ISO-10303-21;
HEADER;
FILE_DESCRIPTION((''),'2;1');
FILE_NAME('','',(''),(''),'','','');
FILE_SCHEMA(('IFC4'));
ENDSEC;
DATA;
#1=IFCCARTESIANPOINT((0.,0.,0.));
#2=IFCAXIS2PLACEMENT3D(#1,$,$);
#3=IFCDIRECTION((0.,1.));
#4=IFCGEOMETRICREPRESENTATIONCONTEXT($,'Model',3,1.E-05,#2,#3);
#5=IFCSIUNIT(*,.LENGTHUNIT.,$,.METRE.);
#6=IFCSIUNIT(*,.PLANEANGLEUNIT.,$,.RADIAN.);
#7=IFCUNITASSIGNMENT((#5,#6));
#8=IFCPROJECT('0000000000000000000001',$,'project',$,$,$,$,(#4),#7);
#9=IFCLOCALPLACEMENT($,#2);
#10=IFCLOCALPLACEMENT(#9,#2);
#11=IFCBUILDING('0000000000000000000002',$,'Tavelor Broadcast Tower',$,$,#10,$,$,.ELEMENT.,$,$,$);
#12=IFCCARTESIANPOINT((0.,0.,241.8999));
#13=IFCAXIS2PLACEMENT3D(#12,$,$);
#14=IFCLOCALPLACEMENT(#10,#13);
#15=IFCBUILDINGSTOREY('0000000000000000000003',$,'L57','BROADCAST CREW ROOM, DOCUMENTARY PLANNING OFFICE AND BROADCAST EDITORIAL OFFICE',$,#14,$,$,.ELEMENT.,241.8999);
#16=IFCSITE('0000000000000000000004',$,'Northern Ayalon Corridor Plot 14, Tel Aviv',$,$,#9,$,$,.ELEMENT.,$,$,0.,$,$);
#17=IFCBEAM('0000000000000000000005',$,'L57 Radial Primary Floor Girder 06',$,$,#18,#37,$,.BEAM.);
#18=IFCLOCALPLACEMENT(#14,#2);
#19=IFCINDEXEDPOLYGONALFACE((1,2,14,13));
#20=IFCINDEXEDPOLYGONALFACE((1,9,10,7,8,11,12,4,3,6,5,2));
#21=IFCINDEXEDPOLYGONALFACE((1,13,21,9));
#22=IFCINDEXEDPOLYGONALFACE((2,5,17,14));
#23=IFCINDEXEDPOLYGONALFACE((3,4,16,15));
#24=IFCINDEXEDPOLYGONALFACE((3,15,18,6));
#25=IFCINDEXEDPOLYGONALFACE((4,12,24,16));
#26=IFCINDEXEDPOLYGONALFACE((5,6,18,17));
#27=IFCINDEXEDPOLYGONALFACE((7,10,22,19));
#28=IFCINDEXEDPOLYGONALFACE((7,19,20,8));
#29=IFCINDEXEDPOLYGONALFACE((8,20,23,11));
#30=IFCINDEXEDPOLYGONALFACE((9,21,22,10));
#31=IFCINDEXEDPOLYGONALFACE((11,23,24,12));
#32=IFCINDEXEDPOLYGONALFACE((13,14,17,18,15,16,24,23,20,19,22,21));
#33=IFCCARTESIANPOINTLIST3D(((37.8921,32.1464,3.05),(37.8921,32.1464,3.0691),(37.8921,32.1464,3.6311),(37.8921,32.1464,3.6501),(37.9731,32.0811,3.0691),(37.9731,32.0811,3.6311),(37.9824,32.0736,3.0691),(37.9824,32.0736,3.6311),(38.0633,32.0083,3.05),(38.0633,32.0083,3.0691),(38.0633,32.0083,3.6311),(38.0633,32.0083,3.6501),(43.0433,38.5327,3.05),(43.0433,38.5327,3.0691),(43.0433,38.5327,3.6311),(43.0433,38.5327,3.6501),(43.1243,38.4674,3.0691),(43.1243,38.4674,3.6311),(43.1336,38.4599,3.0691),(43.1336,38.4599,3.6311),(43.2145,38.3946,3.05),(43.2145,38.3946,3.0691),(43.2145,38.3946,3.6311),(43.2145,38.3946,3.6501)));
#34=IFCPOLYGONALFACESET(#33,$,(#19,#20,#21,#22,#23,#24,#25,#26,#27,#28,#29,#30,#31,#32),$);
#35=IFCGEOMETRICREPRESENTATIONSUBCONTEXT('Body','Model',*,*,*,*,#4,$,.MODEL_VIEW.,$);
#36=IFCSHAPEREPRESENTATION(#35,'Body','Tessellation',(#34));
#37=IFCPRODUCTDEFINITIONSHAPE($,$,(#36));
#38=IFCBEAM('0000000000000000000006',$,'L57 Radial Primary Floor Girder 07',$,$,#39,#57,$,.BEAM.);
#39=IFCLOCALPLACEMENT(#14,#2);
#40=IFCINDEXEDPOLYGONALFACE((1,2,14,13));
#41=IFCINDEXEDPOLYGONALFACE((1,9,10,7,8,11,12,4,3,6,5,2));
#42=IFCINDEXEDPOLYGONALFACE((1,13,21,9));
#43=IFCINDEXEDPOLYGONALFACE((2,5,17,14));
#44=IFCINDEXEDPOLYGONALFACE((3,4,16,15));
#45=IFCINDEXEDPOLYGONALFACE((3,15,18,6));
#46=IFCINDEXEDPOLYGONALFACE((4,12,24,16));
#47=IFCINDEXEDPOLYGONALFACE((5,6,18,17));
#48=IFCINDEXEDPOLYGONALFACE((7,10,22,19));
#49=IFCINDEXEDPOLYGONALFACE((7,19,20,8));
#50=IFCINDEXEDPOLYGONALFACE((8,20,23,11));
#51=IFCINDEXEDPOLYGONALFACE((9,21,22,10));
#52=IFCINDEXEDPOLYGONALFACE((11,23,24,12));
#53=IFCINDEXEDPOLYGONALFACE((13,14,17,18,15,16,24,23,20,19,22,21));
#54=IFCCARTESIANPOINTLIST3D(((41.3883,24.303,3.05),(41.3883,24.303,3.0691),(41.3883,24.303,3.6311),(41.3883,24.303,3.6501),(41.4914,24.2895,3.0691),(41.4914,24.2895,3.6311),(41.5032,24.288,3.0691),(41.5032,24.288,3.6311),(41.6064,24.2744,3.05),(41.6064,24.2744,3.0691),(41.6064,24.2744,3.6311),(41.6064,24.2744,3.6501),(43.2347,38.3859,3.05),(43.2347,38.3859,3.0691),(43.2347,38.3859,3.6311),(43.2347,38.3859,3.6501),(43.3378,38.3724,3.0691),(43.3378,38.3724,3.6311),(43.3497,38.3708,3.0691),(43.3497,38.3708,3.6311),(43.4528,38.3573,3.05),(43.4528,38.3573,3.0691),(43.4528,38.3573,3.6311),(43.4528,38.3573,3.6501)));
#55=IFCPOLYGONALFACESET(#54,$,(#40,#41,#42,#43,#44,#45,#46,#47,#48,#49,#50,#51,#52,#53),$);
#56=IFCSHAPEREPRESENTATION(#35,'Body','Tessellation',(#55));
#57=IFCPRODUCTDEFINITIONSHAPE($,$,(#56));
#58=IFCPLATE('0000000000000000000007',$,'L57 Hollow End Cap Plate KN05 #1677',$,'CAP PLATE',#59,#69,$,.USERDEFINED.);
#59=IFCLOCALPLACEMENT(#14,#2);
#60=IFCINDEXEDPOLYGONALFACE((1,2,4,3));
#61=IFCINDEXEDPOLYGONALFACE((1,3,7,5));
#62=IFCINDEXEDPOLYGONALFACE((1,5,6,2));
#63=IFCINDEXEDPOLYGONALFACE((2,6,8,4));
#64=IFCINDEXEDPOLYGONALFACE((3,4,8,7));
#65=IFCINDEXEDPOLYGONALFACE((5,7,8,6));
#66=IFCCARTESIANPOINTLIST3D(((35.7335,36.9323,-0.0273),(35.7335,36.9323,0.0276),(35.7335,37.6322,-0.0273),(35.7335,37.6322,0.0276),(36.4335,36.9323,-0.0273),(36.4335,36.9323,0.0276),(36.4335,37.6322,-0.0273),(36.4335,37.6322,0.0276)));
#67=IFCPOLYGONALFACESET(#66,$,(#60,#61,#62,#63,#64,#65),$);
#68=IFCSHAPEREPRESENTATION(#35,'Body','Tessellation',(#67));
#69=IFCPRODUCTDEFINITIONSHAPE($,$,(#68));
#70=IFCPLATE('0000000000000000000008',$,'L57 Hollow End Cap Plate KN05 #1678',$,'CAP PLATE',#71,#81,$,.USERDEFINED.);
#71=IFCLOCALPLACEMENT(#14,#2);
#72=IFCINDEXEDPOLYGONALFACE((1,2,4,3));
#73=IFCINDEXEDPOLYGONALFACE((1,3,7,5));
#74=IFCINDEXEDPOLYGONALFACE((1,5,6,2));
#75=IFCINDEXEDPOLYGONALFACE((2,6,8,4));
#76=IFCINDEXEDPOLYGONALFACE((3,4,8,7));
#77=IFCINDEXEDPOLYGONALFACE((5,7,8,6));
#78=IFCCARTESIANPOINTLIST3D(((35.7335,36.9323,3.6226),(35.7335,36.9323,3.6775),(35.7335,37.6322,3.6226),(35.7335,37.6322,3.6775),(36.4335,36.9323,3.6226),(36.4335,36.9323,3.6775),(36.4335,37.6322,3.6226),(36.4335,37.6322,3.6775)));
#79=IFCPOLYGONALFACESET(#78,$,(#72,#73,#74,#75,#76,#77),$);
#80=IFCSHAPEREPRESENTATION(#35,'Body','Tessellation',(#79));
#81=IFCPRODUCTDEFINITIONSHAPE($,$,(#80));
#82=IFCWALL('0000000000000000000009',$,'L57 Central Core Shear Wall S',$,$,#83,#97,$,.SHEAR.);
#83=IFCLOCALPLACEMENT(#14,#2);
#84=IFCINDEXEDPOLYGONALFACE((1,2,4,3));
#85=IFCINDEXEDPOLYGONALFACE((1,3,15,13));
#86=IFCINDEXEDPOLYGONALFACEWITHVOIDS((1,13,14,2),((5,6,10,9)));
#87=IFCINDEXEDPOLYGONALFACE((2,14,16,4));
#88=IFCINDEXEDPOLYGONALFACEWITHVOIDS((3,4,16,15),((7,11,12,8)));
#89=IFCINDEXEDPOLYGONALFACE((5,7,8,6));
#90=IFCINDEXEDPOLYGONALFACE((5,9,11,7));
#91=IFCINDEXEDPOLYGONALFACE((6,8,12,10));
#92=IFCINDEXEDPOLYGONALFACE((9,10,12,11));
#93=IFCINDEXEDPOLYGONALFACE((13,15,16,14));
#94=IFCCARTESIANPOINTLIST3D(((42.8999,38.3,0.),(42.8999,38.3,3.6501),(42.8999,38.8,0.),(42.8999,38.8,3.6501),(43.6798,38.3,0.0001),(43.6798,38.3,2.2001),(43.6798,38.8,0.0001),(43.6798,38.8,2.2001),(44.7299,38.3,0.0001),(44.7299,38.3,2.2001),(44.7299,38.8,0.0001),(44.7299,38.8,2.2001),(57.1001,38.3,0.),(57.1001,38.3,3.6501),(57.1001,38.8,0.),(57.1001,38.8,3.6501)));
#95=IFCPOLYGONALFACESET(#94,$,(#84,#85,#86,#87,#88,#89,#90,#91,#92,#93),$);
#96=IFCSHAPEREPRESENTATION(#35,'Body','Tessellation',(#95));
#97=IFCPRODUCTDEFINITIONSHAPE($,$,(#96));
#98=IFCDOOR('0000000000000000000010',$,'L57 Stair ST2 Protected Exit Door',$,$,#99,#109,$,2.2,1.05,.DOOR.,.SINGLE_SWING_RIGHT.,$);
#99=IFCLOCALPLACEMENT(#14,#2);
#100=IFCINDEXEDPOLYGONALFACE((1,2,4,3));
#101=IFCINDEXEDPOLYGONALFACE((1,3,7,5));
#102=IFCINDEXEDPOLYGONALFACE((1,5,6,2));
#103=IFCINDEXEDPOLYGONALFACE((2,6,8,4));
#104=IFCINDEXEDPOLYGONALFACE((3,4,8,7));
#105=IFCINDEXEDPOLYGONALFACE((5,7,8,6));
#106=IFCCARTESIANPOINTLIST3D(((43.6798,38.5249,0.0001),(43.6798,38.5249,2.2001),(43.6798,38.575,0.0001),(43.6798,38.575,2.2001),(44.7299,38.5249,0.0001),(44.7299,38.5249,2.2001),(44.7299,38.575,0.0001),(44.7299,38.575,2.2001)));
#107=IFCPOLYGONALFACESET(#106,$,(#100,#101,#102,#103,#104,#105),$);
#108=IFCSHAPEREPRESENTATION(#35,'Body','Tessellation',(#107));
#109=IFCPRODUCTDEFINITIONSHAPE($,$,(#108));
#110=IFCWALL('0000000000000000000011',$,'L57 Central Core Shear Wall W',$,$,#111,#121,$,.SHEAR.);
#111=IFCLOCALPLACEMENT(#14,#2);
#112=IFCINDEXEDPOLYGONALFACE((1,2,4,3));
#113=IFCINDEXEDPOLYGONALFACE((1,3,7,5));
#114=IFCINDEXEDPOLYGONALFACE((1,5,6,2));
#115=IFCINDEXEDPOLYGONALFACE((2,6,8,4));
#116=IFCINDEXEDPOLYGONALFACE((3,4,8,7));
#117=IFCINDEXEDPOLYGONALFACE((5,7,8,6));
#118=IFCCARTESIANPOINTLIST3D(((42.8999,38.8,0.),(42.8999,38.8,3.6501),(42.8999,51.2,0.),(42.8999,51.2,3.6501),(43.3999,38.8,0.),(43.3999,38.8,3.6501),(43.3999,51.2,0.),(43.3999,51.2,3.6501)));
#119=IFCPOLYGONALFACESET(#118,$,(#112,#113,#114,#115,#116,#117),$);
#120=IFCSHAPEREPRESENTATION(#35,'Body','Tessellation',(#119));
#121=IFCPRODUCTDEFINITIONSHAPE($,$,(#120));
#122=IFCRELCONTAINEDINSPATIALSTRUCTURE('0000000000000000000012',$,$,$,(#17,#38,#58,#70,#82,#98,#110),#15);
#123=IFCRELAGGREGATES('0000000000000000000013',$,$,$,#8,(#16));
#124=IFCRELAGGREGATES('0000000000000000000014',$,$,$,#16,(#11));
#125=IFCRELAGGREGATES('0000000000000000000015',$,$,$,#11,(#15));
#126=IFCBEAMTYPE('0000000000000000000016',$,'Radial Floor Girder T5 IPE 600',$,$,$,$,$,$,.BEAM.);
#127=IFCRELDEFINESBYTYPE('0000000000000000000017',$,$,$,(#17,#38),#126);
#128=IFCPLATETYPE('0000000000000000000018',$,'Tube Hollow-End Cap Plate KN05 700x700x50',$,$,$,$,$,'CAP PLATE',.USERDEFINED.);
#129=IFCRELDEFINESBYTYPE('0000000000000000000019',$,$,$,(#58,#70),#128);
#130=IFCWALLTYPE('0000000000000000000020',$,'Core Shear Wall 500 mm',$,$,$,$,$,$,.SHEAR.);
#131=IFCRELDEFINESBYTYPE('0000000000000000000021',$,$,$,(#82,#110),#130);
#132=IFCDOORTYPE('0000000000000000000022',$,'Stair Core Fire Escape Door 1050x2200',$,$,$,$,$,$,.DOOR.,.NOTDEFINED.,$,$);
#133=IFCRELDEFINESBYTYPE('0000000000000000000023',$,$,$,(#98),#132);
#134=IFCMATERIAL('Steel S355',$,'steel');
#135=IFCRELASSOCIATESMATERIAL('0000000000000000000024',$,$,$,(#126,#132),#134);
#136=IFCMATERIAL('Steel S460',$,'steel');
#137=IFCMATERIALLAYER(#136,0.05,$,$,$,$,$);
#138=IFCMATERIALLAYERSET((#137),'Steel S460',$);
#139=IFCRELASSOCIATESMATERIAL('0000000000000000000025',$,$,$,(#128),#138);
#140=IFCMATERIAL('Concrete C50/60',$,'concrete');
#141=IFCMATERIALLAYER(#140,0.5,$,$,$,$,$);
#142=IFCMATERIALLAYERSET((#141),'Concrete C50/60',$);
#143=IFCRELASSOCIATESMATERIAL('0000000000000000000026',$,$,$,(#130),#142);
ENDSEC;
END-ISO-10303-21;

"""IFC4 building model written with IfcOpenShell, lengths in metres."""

from ifc_helpers import new_model, si_unit, direction, frame, frame_2d, origin, origin_2d, place, context, subcontext, project, spatial, rectangle, i_section, extrude, source, transform, mapped, material, layer, layer_set, material_profile, profile_set, type_object, type_shapes, element, fill, save


model = new_model("IFC4")

# Units and contexts
model_context = context("Model", 3, precision=1e-05, world=origin(), true_north=direction((0.0, 1.0)))
body_context = subcontext(model_context, "Body", "Model", "MODEL_VIEW")
ifc_project = project(units=[si_unit("LENGTHUNIT", "METRE"), si_unit("PLANEANGLEUNIT", "RADIAN")], contexts=[model_context])

# Site, building, storey
site_placement = place(None, origin())
site = spatial("IfcSite", under=ifc_project, at=site_placement, Name="Northern Ayalon Corridor Plot 14, Tel Aviv", CompositionType="ELEMENT", RefElevation=0.0)
building_placement = place(site_placement, origin())
building = spatial("IfcBuilding", under=site, at=building_placement, Name="Tavelor Broadcast Tower", CompositionType="ELEMENT")
storey_placement = place(building_placement, frame((0.0, 0.0, 241.8999)))
storey = spatial("IfcBuildingStorey", under=building, at=storey_placement, Name="L57", Description="BROADCAST CREW ROOM, DOCUMENTARY PLANNING OFFICE AND BROADCAST EDITORIAL OFFICE", CompositionType="ELEMENT", Elevation=241.8999)

# Shared definitions
ifc_material_1 = material(Name="Concrete C50/60", Category="concrete")

# Beams
ifc_material_2 = material(Name="Steel S355", Category="steel")
ifc_material_profile_1 = material_profile(ifc_material_2, i_section(OverallWidth=0.22, OverallDepth=0.6001, WebThickness=0.012, FlangeThickness=0.019, at=origin_2d()), Name="IPE 600")
ifc_profile_set_1 = profile_set([ifc_material_profile_1], Name="Steel S355")
beam_type_1 = type_object("IfcBeamType", Name="Radial Floor Girder T5 IPE 600", PredefinedType="BEAM", material=ifc_profile_set_1)
beam_1_placement = place(storey_placement, frame((43.1289, 38.4636, 3.3501), z_axis=(-0.627822, -0.778357, 0.0), x_axis=(0.778357, -0.627822, 0.0)))
element("IfcBeam", 1, at=beam_1_placement, inside=storey, type_object=beam_type_1, Name="L57 Radial Primary Floor Girder 06", PredefinedType="BEAM", context=body_context, shape_type="SweptSolid", body=[
    extrude(i_section(OverallWidth=0.22, OverallDepth=0.6001, WebThickness=0.012, FlangeThickness=0.019, at=origin_2d()), origin(), (0.0, 0.0, 1.0), 8.2048),
])
beam_2_placement = place(storey_placement, frame((43.3438, 38.3716, 3.3501), z_axis=(-0.130001, -0.991514, 0.0), x_axis=(0.991514, -0.130001, 0.0)))
element("IfcBeam", 2, at=beam_2_placement, inside=storey, type_object=beam_type_1, Name="L57 Radial Primary Floor Girder 07", PredefinedType="BEAM", context=body_context, shape_type="SweptSolid", body=[
    extrude(i_section(OverallWidth=0.22, OverallDepth=0.6001, WebThickness=0.012, FlangeThickness=0.019, at=origin_2d()), origin(), (0.0, 0.0, 1.0), 14.2034),
])

# Plates
ifc_material_3 = material(Name="Steel S460", Category="steel")
ifc_layer_1 = layer(ifc_material_3, 0.05)
ifc_layer_set_1 = layer_set([ifc_layer_1], Name="Steel S460")
plate_type = type_object("IfcPlateType", Name="Tube Hollow-End Cap Plate KN05 700x700x50", ElementType="CAP PLATE", PredefinedType="USERDEFINED", material=ifc_layer_set_1)
shared_shape = source(origin(), body_context, "Body", "SweptSolid", [
    extrude(rectangle(XDim=0.7, YDim=0.7, at=origin_2d()), origin(), (0.0, 0.0, 1.0), 0.0549),
])
type_shapes(plate_type, [shared_shape])
for number, where, z_axis, x_axis, name in (
    (3, (36.0835, 37.2822, -0.0273), (0.0, 0.0, 1.0), (1.0, 0.0, 0.0), "L57 Hollow End Cap Plate KN05 #1677"),
    (4, (36.0835, 37.2822, 3.6226), (0.0, 0.0, 1.0), (1.0, 0.0, 0.0), "L57 Hollow End Cap Plate KN05 #1678"),
):
    element("IfcPlate", number, at=place(storey_placement, frame(where, z_axis=z_axis, x_axis=x_axis)), inside=storey, type_object=plate_type, Name=name, ObjectType="CAP PLATE", PredefinedType="USERDEFINED", context=body_context, shape_type="MappedRepresentation", body=[
        mapped(shared_shape, transform((0.0, 0.0, 0.0), scale=1.0)),
    ])

# Wall, opening, door
ifc_layer_2 = layer(ifc_material_1, 0.5)
ifc_layer_set_2 = layer_set([ifc_layer_2], Name="Concrete C50/60")
wall_type_1 = type_object("IfcWallType", Name="Core Shear Wall 500 mm", PredefinedType="SHEAR", material=ifc_layer_set_2)
wall_1_placement = place(storey_placement, frame((42.8999, 38.55, 0.0), z_axis=(0.0, 0.0, 1.0), x_axis=(1.0, 0.0, 0.0)))
wall_1 = element("IfcWall", 5, at=wall_1_placement, inside=storey, type_object=wall_type_1, Name="L57 Central Core Shear Wall S", PredefinedType="SHEAR", context=body_context, shape_type="SweptSolid", body=[
    extrude(rectangle(XDim=14.2002, YDim=0.5, at=frame_2d((7.1001, 0.0))), origin(), (0.0, 0.0, 1.0), 3.6501),
])
opening_1_placement = place(wall_1_placement, frame((0.78, 0.0, 0.0)))
opening_1 = element("IfcOpeningElement", 6, at=opening_1_placement, cuts=wall_1, PredefinedType="OPENING", context=body_context, shape_type="SweptSolid", body=[
    extrude(rectangle(XDim=1.05, YDim=2.2, at=frame_2d((0.5249, 1.1001))), frame((0.0, 0.26, 0.0), z_axis=(0.0, -1.0, 0.0), x_axis=(1.0, 0.0, 0.0)), (0.0, 0.0, 1.0), 0.52),
])
door_type_1 = type_object("IfcDoorType", Name="Stair Core Fire Escape Door 1050x2200", OperationType="NOTDEFINED", PredefinedType="DOOR", material=ifc_material_2)
door_1_placement = place(opening_1_placement, origin())
door_1 = element("IfcDoor", 7, at=door_1_placement, inside=storey, type_object=door_type_1, Name="L57 Stair ST2 Protected Exit Door", OperationType="SINGLE_SWING_RIGHT", OverallHeight=2.2, OverallWidth=1.05, PredefinedType="DOOR", context=body_context, shape_type="SweptSolid", body=[
    extrude(rectangle(XDim=1.05, YDim=2.2, at=frame_2d((0.5249, 1.1001))), frame((0.0, 0.0249, 0.0), z_axis=(0.0, -1.0, 0.0), x_axis=(1.0, 0.0, 0.0)), (0.0, 0.0, 1.0), 0.05),
])
fill(opening_1, door_1)

# Wall
wall_2_placement = place(storey_placement, frame((43.1499, 38.8, 0.0), z_axis=(0.0, 0.0, 1.0), x_axis=(0.0, 1.0, 0.0)))
element("IfcWall", 8, at=wall_2_placement, inside=storey, type_object=wall_type_1, Name="L57 Central Core Shear Wall W", PredefinedType="SHEAR", context=body_context, shape_type="SweptSolid", body=[
    extrude(rectangle(XDim=12.3999, YDim=0.5, at=frame_2d((6.2, 0.0))), origin(), (0.0, 0.0, 1.0), 3.6501),
])

save(model, "model.ifc")
